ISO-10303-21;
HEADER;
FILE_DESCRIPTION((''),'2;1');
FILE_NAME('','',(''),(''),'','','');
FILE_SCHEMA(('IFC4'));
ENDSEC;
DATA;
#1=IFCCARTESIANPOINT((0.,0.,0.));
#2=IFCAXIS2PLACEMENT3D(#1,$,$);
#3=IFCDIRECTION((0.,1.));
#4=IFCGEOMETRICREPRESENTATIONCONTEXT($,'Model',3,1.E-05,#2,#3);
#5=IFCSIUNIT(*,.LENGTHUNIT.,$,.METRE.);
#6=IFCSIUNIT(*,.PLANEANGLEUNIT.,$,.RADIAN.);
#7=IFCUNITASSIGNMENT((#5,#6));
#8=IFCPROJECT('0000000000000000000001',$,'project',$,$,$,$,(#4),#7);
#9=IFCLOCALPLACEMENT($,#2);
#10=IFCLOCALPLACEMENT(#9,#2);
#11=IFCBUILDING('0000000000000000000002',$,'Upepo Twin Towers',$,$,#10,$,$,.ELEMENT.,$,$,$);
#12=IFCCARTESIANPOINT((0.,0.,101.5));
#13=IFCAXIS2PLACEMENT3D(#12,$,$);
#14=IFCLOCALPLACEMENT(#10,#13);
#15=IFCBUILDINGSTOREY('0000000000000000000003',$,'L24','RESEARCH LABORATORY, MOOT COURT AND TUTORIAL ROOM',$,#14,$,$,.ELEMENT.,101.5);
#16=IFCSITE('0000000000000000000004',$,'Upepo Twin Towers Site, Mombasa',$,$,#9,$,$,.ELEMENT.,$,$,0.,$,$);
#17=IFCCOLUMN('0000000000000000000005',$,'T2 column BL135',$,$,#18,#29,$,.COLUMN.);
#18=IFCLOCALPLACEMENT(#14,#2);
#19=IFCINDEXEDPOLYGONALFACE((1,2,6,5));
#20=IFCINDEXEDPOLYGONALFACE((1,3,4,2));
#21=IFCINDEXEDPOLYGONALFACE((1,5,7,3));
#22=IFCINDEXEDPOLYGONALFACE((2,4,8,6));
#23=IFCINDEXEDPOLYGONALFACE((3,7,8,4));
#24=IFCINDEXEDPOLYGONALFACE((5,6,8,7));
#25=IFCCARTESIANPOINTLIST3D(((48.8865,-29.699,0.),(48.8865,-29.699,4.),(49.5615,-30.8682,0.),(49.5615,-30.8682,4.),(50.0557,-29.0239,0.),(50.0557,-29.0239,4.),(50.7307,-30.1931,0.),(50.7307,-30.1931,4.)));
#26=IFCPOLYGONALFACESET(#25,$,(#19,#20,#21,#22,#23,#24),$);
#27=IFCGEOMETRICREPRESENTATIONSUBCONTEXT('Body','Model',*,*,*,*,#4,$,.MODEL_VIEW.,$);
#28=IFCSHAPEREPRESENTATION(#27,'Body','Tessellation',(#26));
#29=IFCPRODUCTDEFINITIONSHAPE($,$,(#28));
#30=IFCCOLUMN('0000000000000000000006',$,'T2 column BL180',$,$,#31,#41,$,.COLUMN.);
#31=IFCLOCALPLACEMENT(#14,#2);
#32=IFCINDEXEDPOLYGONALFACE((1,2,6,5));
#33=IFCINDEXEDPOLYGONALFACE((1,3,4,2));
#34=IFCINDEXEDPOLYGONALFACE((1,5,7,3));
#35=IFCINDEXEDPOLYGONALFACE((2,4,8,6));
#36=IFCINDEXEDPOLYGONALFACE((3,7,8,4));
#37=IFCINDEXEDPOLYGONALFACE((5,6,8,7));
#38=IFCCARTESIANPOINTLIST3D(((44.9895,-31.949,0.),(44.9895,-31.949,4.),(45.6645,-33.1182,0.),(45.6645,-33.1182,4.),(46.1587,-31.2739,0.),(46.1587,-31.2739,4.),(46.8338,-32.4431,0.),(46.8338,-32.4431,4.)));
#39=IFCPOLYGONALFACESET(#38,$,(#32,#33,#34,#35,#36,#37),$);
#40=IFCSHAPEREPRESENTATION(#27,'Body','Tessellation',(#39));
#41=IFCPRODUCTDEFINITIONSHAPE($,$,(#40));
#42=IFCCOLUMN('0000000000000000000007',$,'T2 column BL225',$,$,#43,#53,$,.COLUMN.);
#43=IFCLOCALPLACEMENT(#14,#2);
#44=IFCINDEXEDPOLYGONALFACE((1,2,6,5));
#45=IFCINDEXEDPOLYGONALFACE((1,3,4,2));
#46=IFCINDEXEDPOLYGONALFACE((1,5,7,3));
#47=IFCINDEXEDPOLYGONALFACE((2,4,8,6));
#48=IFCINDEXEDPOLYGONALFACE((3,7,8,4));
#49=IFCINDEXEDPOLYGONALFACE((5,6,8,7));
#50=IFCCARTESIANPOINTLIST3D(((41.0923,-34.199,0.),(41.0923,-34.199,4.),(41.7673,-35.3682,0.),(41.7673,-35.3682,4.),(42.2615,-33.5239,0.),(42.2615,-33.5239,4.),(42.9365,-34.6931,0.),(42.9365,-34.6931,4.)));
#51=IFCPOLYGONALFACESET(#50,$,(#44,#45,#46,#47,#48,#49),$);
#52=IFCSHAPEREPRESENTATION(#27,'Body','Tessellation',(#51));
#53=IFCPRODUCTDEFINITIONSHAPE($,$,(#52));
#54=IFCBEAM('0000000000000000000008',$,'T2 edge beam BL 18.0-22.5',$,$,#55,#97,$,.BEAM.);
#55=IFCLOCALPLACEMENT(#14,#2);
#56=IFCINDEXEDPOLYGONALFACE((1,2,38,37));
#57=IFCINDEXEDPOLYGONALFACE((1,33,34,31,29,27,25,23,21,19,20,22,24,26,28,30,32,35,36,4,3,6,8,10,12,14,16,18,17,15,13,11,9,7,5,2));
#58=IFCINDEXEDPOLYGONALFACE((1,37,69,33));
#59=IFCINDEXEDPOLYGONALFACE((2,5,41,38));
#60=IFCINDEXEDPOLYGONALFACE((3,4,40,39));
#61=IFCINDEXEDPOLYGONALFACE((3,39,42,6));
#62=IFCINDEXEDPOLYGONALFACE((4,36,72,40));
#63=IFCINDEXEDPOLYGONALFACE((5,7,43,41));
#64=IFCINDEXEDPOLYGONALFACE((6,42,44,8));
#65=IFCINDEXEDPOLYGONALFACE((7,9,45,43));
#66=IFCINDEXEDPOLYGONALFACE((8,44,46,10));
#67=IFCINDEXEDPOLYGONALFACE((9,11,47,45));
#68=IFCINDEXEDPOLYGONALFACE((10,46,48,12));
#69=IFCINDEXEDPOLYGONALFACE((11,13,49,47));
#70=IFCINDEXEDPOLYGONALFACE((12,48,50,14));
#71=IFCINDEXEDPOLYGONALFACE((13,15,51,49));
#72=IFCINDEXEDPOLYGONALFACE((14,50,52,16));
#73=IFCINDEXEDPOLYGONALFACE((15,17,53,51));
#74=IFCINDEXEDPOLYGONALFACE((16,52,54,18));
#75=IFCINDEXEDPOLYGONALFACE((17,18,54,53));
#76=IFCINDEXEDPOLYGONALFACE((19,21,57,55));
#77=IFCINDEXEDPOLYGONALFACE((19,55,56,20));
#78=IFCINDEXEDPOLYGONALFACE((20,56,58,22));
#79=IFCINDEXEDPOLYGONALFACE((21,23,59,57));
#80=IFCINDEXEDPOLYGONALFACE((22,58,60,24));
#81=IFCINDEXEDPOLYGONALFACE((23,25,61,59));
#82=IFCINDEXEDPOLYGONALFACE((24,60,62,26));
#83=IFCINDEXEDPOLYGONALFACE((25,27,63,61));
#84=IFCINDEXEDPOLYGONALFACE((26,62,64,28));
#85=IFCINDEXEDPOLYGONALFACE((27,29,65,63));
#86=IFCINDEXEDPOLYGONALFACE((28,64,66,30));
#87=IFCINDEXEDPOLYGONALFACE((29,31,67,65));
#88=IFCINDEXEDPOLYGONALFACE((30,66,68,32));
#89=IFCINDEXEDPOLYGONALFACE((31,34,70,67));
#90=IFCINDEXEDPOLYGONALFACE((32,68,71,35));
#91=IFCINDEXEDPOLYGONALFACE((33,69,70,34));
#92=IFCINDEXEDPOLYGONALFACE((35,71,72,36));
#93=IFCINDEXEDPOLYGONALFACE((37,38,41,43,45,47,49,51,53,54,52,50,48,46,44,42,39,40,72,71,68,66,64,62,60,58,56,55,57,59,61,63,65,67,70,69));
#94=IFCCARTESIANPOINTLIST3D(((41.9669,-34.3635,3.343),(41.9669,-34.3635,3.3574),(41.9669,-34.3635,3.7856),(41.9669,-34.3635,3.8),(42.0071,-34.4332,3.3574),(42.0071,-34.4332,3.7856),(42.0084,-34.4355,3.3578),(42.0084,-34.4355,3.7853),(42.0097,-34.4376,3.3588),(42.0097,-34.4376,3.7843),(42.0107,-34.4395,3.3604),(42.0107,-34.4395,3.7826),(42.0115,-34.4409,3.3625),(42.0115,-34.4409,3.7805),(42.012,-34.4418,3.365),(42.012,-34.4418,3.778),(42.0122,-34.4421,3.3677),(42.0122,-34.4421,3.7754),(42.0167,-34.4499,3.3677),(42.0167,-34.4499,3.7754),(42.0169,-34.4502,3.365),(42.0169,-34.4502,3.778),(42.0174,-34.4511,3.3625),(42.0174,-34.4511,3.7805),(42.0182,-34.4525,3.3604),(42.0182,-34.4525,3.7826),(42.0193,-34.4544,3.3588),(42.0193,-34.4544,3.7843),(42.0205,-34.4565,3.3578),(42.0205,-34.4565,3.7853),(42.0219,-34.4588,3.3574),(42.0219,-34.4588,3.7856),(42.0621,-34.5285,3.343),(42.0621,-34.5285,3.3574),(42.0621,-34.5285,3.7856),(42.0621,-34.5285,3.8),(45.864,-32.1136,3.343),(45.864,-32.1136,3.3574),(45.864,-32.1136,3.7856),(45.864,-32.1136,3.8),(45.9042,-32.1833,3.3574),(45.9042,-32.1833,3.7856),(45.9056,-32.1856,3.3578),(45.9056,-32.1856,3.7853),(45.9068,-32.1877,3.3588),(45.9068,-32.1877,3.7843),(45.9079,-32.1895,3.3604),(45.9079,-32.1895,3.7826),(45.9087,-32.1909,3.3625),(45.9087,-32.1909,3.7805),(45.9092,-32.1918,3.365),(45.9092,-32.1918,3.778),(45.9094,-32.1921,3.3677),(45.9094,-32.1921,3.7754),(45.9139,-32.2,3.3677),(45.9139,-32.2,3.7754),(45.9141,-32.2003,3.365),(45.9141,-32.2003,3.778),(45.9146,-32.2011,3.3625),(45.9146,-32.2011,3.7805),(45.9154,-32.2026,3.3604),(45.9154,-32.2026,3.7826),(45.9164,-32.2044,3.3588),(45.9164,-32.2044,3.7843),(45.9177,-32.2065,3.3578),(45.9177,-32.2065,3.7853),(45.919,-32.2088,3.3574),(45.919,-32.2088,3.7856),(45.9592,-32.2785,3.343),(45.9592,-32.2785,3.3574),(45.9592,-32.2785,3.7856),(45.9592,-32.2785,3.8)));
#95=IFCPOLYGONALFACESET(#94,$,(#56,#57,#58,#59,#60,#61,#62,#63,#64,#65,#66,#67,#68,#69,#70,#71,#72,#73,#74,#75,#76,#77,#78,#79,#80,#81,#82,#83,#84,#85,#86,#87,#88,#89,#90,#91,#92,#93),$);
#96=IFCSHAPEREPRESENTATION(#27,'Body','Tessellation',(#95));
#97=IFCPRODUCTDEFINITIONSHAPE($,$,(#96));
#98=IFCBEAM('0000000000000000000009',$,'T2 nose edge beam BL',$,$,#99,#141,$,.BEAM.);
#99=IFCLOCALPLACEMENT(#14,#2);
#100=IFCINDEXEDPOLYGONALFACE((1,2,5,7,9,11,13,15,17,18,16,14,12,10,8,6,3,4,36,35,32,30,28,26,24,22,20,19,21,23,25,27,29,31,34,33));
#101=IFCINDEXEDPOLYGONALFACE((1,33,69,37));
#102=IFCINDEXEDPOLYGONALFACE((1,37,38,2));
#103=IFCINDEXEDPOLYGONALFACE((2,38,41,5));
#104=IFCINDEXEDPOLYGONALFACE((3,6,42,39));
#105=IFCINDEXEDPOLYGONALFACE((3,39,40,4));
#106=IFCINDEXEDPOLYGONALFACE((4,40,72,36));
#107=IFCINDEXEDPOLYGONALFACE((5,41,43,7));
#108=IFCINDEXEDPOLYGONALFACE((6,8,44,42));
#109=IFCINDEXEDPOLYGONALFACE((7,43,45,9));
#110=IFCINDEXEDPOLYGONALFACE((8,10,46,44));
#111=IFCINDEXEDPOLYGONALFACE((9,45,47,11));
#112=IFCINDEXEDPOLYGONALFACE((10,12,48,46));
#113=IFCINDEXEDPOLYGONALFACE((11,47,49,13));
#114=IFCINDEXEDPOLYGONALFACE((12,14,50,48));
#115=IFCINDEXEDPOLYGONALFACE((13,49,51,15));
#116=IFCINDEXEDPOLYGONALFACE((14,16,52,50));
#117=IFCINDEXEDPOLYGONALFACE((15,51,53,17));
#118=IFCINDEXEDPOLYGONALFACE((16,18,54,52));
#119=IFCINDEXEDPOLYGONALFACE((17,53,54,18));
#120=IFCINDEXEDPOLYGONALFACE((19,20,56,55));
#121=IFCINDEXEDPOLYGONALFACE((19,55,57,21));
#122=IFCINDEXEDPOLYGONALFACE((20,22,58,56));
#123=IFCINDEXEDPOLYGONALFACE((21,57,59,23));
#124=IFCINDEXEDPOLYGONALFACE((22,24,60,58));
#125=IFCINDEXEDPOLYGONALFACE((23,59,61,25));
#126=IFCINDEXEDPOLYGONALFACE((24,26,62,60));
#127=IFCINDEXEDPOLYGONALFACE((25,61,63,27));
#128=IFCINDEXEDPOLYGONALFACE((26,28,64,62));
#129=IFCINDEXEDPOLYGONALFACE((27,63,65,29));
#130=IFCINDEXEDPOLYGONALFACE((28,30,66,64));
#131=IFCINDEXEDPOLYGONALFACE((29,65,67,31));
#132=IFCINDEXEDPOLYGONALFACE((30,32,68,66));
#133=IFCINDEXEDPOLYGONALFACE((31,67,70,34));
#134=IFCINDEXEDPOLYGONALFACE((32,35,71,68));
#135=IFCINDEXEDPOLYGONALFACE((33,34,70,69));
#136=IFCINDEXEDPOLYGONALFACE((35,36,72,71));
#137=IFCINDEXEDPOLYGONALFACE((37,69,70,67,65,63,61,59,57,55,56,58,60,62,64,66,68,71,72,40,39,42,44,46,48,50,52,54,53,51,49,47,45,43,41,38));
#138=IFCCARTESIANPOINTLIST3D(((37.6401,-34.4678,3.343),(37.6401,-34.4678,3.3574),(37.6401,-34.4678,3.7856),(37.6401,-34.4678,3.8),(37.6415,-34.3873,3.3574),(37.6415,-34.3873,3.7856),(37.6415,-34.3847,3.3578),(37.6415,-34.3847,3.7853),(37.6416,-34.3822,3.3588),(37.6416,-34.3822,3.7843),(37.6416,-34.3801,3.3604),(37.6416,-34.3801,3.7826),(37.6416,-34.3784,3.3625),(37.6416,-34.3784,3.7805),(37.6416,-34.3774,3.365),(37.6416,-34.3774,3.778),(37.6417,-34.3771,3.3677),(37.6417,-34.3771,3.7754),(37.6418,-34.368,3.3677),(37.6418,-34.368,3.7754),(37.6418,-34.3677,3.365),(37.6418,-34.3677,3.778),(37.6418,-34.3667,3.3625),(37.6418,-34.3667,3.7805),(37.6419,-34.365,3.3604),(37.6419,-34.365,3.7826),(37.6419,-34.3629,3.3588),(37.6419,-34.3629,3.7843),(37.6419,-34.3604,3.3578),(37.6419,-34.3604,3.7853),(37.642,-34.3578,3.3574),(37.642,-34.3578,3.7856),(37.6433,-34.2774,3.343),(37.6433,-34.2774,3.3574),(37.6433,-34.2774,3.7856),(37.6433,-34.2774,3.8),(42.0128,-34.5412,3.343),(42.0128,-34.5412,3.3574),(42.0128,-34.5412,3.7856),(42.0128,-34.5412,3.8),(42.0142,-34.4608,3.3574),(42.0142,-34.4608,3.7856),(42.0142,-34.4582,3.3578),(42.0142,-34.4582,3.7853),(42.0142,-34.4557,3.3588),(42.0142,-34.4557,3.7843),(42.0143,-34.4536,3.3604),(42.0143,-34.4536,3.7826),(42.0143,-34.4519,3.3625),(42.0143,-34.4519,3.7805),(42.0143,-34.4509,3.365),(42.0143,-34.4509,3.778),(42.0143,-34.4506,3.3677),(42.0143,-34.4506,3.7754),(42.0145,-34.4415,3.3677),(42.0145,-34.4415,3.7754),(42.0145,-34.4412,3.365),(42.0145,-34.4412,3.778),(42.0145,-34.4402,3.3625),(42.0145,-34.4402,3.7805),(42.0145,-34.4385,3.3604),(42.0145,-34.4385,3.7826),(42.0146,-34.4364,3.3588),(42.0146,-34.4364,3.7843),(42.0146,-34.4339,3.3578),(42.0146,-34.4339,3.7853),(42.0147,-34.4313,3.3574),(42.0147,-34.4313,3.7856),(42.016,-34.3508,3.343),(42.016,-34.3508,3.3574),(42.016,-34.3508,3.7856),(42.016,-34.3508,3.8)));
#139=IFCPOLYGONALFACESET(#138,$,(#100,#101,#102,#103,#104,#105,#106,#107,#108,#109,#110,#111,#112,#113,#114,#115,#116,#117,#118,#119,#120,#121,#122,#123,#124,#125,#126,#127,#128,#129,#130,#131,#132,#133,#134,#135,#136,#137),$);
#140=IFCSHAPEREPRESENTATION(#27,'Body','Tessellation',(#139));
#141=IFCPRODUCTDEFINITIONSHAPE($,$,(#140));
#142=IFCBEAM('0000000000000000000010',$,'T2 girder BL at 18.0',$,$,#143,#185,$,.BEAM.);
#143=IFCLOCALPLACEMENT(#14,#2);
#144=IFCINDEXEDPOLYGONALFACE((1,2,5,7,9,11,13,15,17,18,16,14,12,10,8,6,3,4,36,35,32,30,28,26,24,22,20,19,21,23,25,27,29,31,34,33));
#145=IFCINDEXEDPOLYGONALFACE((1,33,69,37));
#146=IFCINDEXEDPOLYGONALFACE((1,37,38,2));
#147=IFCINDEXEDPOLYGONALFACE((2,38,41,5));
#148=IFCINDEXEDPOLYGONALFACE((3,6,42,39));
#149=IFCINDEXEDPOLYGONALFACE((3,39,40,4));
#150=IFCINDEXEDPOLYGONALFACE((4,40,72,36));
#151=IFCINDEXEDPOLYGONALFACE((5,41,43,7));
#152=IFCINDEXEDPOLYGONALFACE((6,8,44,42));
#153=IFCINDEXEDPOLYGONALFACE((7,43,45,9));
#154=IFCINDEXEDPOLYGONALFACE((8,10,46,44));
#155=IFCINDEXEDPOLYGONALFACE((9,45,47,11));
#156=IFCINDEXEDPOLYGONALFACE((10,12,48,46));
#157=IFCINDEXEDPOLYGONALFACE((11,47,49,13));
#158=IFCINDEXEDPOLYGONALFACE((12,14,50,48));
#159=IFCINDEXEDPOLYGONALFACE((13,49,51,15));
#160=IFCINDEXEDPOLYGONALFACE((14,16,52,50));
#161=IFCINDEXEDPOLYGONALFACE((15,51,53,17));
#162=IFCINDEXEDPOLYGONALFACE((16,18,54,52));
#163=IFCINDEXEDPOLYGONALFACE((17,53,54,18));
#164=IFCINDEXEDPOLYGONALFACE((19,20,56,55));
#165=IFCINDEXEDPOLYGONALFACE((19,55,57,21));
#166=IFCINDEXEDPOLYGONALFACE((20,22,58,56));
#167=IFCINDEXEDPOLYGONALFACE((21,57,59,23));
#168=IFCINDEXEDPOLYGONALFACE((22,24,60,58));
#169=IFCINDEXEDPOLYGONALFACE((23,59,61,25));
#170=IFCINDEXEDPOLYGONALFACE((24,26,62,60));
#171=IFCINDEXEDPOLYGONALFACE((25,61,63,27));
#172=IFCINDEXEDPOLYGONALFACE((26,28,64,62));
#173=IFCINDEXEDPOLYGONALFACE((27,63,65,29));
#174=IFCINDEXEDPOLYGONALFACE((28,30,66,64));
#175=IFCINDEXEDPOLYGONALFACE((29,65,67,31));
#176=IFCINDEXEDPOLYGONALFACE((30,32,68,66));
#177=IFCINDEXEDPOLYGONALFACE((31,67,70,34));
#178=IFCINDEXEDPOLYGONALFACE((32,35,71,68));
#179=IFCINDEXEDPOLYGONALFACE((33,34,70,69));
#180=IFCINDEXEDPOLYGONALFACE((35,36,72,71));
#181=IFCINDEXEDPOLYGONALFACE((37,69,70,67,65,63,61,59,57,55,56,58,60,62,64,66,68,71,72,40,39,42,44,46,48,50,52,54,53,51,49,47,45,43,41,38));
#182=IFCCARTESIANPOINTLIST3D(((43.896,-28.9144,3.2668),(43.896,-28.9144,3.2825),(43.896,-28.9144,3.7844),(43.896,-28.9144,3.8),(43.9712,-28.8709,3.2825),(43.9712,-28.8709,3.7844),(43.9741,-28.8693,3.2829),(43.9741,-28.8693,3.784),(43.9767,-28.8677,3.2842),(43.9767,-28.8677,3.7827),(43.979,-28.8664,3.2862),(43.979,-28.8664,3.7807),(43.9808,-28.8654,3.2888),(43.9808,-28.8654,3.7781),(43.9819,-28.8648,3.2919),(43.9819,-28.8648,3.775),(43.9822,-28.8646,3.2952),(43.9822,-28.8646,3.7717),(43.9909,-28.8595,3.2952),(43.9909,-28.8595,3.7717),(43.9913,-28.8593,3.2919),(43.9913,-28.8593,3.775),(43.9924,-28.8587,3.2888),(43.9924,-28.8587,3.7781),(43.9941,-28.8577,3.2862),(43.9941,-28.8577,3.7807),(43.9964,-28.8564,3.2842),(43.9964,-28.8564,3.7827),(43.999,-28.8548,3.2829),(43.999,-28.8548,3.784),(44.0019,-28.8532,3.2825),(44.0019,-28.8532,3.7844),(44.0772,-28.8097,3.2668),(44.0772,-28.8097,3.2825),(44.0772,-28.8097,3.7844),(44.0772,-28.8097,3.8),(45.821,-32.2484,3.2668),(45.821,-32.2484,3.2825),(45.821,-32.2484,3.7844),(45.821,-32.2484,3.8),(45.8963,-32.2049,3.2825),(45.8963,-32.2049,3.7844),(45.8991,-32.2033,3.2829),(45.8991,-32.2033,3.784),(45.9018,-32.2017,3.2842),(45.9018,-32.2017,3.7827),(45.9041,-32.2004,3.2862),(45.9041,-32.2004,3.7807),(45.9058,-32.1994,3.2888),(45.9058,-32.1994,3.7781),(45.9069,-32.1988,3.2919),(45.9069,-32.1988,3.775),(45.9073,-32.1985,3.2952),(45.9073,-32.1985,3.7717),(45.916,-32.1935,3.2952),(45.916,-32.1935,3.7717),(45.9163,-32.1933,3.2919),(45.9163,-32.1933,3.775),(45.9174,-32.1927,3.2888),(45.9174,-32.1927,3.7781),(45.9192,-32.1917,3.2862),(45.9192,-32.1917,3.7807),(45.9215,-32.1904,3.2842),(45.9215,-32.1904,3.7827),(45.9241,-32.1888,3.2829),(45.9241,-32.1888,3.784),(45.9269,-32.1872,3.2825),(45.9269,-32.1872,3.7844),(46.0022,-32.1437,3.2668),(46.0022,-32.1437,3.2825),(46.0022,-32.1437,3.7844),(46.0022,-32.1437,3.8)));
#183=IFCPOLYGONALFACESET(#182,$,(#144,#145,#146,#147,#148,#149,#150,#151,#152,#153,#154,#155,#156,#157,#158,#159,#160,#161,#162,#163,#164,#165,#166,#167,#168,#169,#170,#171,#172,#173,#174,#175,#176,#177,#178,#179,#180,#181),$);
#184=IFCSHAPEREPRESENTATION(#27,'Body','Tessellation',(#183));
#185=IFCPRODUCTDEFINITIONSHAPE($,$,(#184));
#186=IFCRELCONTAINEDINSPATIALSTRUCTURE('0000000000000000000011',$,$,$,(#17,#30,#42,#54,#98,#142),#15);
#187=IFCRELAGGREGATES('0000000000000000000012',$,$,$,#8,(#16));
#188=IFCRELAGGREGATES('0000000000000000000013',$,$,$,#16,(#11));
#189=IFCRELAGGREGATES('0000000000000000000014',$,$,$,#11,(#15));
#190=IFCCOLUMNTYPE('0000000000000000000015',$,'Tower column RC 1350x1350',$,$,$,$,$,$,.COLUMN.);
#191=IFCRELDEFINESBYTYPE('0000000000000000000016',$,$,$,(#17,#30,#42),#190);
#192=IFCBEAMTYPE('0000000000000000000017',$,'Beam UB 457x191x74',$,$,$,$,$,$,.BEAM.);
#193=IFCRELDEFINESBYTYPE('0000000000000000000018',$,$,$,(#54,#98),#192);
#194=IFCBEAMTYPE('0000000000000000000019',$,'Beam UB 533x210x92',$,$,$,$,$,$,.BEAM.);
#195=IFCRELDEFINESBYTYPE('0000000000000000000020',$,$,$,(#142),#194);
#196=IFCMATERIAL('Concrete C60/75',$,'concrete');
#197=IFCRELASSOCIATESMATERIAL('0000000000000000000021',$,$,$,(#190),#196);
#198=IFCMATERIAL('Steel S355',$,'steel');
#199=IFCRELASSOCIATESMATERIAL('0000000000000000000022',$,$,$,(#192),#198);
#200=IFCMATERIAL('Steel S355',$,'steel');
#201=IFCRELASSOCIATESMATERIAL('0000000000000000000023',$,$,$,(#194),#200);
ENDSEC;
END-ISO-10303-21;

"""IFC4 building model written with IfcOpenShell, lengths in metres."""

from ifc_helpers import new_model, si_unit, direction, frame, origin, origin_2d, place, context, subcontext, project, spatial, rectangle, i_section, extrude, material, material_profile, profile_set, type_object, element, save


model = new_model("IFC4")

# Units and contexts
model_context = context("Model", 3, precision=1e-05, world=origin(), true_north=direction((0.0, 1.0)))
body_context = subcontext(model_context, "Body", "Model", "MODEL_VIEW")
ifc_project = project(units=[si_unit("LENGTHUNIT", "METRE"), si_unit("PLANEANGLEUNIT", "RADIAN")], contexts=[model_context])

# Site, building, storey
site_placement = place(None, origin())
site = spatial("IfcSite", under=ifc_project, at=site_placement, Name="Upepo Twin Towers Site, Mombasa", CompositionType="ELEMENT", RefElevation=0.0)
building_placement = place(site_placement, origin())
building = spatial("IfcBuilding", under=site, at=building_placement, Name="Upepo Twin Towers", CompositionType="ELEMENT")
storey_placement = place(building_placement, frame((0.0, 0.0, 101.5)))
storey = spatial("IfcBuildingStorey", under=building, at=storey_placement, Name="L24", Description="RESEARCH LABORATORY, MOOT COURT AND TUTORIAL ROOM", CompositionType="ELEMENT", Elevation=101.5)

# Columns
ifc_material_1 = material(Name="Concrete C60/75", Category="concrete")
ifc_material_profile_1 = material_profile(ifc_material_1, rectangle(XDim=1.3501, YDim=1.3501, at=origin_2d()), Name="RC 1350x1350")
ifc_profile_set_1 = profile_set([ifc_material_profile_1], Name="Concrete C60/75")
column_type = type_object("IfcColumnType", Name="Tower column RC 1350x1350", PredefinedType="COLUMN", material=ifc_profile_set_1)
for number, where, z_axis, x_axis, name in (
    (1, (49.8086, -29.946, 0.0), (0.0, 0.0, 1.0), (0.866025, 0.5, 0.0), "T2 column BL135"),
    (2, (45.9116, -32.196, 0.0), (0.0, 0.0, 1.0), (0.866025, 0.5, 0.0), "T2 column BL180"),
    (3, (42.0144, -34.446, 0.0), (0.0, 0.0, 1.0), (0.866025, 0.5, 0.0), "T2 column BL225"),
):
    element("IfcColumn", number, at=place(storey_placement, frame(where, z_axis=z_axis, x_axis=x_axis)), inside=storey, type_object=column_type, Name=name, PredefinedType="COLUMN", context=body_context, shape_type="SweptSolid", body=[
        extrude(rectangle(XDim=1.3501, YDim=1.3501, at=origin_2d()), origin(), (0.0, 0.0, 1.0), 4.0),
    ])

# Beams
ifc_material_2 = material(Name="Steel S355", Category="steel")
ifc_material_profile_2 = material_profile(ifc_material_2, i_section(OverallWidth=0.1904, OverallDepth=0.457, WebThickness=0.009, FlangeThickness=0.0144, FilletRadius=0.0103, at=origin_2d()), Name="UB 457x191x74")
ifc_profile_set_2 = profile_set([ifc_material_profile_2], Name="Steel S355")
beam_type_1 = type_object("IfcBeamType", Name="Beam UB 457x191x74", PredefinedType="BEAM", material=ifc_profile_set_2)
beam_1_placement = place(storey_placement, frame((45.9116, -32.196, 3.5715), z_axis=(-0.866031, -0.49999, 0.0), x_axis=(0.49999, -0.866031, 0.0)))
element("IfcBeam", 4, at=beam_1_placement, inside=storey, type_object=beam_type_1, Name="T2 edge beam BL 18.0-22.5", PredefinedType="BEAM", context=body_context, shape_type="SweptSolid", body=[
    extrude(i_section(OverallWidth=0.1904, OverallDepth=0.457, WebThickness=0.009, FlangeThickness=0.0144, FilletRadius=0.0103, at=origin_2d()), origin(), (0.0, 0.0, 1.0), 4.5),
])
beam_2_placement = place(storey_placement, frame((42.0144, -34.446, 3.5715), z_axis=(-0.999859, 0.016804, 0.0), x_axis=(-0.016804, -0.999859, 0.0)))
element("IfcBeam", 5, at=beam_2_placement, inside=storey, type_object=beam_type_1, Name="T2 nose edge beam BL", PredefinedType="BEAM", context=body_context, shape_type="SweptSolid", body=[
    extrude(i_section(OverallWidth=0.1904, OverallDepth=0.457, WebThickness=0.009, FlangeThickness=0.0144, FilletRadius=0.0103, at=origin_2d()), origin(), (0.0, 0.0, 1.0), 4.3733),
])
ifc_material_3 = material(Name="Steel S355", Category="steel")
ifc_material_profile_3 = material_profile(ifc_material_3, i_section(OverallWidth=0.2092, OverallDepth=0.5332, WebThickness=0.01, FlangeThickness=0.0156, FilletRadius=0.0127, at=origin_2d()), Name="UB 533x210x92")
ifc_profile_set_3 = profile_set([ifc_material_profile_3], Name="Steel S355")
beam_type_2 = type_object("IfcBeamType", Name="Beam UB 533x210x92", PredefinedType="BEAM", material=ifc_profile_set_3)
for number, where, z_axis, x_axis, name in (
    (6, (45.9116, -32.196, 3.5334), (-0.500034, 0.866006, 0.0), (-0.866006, -0.500034, 0.0), "T2 girder BL at 18.0"),
):
    element("IfcBeam", number, at=place(storey_placement, frame(where, z_axis=z_axis, x_axis=x_axis)), inside=storey, type_object=beam_type_2, Name=name, PredefinedType="BEAM", context=body_context, shape_type="SweptSolid", body=[
        extrude(i_section(OverallWidth=0.2092, OverallDepth=0.5332, WebThickness=0.01, FlangeThickness=0.0156, FilletRadius=0.0127, at=origin_2d()), origin(), (0.0, 0.0, 1.0), 3.8499),
    ])

save(model, "model.ifc")
